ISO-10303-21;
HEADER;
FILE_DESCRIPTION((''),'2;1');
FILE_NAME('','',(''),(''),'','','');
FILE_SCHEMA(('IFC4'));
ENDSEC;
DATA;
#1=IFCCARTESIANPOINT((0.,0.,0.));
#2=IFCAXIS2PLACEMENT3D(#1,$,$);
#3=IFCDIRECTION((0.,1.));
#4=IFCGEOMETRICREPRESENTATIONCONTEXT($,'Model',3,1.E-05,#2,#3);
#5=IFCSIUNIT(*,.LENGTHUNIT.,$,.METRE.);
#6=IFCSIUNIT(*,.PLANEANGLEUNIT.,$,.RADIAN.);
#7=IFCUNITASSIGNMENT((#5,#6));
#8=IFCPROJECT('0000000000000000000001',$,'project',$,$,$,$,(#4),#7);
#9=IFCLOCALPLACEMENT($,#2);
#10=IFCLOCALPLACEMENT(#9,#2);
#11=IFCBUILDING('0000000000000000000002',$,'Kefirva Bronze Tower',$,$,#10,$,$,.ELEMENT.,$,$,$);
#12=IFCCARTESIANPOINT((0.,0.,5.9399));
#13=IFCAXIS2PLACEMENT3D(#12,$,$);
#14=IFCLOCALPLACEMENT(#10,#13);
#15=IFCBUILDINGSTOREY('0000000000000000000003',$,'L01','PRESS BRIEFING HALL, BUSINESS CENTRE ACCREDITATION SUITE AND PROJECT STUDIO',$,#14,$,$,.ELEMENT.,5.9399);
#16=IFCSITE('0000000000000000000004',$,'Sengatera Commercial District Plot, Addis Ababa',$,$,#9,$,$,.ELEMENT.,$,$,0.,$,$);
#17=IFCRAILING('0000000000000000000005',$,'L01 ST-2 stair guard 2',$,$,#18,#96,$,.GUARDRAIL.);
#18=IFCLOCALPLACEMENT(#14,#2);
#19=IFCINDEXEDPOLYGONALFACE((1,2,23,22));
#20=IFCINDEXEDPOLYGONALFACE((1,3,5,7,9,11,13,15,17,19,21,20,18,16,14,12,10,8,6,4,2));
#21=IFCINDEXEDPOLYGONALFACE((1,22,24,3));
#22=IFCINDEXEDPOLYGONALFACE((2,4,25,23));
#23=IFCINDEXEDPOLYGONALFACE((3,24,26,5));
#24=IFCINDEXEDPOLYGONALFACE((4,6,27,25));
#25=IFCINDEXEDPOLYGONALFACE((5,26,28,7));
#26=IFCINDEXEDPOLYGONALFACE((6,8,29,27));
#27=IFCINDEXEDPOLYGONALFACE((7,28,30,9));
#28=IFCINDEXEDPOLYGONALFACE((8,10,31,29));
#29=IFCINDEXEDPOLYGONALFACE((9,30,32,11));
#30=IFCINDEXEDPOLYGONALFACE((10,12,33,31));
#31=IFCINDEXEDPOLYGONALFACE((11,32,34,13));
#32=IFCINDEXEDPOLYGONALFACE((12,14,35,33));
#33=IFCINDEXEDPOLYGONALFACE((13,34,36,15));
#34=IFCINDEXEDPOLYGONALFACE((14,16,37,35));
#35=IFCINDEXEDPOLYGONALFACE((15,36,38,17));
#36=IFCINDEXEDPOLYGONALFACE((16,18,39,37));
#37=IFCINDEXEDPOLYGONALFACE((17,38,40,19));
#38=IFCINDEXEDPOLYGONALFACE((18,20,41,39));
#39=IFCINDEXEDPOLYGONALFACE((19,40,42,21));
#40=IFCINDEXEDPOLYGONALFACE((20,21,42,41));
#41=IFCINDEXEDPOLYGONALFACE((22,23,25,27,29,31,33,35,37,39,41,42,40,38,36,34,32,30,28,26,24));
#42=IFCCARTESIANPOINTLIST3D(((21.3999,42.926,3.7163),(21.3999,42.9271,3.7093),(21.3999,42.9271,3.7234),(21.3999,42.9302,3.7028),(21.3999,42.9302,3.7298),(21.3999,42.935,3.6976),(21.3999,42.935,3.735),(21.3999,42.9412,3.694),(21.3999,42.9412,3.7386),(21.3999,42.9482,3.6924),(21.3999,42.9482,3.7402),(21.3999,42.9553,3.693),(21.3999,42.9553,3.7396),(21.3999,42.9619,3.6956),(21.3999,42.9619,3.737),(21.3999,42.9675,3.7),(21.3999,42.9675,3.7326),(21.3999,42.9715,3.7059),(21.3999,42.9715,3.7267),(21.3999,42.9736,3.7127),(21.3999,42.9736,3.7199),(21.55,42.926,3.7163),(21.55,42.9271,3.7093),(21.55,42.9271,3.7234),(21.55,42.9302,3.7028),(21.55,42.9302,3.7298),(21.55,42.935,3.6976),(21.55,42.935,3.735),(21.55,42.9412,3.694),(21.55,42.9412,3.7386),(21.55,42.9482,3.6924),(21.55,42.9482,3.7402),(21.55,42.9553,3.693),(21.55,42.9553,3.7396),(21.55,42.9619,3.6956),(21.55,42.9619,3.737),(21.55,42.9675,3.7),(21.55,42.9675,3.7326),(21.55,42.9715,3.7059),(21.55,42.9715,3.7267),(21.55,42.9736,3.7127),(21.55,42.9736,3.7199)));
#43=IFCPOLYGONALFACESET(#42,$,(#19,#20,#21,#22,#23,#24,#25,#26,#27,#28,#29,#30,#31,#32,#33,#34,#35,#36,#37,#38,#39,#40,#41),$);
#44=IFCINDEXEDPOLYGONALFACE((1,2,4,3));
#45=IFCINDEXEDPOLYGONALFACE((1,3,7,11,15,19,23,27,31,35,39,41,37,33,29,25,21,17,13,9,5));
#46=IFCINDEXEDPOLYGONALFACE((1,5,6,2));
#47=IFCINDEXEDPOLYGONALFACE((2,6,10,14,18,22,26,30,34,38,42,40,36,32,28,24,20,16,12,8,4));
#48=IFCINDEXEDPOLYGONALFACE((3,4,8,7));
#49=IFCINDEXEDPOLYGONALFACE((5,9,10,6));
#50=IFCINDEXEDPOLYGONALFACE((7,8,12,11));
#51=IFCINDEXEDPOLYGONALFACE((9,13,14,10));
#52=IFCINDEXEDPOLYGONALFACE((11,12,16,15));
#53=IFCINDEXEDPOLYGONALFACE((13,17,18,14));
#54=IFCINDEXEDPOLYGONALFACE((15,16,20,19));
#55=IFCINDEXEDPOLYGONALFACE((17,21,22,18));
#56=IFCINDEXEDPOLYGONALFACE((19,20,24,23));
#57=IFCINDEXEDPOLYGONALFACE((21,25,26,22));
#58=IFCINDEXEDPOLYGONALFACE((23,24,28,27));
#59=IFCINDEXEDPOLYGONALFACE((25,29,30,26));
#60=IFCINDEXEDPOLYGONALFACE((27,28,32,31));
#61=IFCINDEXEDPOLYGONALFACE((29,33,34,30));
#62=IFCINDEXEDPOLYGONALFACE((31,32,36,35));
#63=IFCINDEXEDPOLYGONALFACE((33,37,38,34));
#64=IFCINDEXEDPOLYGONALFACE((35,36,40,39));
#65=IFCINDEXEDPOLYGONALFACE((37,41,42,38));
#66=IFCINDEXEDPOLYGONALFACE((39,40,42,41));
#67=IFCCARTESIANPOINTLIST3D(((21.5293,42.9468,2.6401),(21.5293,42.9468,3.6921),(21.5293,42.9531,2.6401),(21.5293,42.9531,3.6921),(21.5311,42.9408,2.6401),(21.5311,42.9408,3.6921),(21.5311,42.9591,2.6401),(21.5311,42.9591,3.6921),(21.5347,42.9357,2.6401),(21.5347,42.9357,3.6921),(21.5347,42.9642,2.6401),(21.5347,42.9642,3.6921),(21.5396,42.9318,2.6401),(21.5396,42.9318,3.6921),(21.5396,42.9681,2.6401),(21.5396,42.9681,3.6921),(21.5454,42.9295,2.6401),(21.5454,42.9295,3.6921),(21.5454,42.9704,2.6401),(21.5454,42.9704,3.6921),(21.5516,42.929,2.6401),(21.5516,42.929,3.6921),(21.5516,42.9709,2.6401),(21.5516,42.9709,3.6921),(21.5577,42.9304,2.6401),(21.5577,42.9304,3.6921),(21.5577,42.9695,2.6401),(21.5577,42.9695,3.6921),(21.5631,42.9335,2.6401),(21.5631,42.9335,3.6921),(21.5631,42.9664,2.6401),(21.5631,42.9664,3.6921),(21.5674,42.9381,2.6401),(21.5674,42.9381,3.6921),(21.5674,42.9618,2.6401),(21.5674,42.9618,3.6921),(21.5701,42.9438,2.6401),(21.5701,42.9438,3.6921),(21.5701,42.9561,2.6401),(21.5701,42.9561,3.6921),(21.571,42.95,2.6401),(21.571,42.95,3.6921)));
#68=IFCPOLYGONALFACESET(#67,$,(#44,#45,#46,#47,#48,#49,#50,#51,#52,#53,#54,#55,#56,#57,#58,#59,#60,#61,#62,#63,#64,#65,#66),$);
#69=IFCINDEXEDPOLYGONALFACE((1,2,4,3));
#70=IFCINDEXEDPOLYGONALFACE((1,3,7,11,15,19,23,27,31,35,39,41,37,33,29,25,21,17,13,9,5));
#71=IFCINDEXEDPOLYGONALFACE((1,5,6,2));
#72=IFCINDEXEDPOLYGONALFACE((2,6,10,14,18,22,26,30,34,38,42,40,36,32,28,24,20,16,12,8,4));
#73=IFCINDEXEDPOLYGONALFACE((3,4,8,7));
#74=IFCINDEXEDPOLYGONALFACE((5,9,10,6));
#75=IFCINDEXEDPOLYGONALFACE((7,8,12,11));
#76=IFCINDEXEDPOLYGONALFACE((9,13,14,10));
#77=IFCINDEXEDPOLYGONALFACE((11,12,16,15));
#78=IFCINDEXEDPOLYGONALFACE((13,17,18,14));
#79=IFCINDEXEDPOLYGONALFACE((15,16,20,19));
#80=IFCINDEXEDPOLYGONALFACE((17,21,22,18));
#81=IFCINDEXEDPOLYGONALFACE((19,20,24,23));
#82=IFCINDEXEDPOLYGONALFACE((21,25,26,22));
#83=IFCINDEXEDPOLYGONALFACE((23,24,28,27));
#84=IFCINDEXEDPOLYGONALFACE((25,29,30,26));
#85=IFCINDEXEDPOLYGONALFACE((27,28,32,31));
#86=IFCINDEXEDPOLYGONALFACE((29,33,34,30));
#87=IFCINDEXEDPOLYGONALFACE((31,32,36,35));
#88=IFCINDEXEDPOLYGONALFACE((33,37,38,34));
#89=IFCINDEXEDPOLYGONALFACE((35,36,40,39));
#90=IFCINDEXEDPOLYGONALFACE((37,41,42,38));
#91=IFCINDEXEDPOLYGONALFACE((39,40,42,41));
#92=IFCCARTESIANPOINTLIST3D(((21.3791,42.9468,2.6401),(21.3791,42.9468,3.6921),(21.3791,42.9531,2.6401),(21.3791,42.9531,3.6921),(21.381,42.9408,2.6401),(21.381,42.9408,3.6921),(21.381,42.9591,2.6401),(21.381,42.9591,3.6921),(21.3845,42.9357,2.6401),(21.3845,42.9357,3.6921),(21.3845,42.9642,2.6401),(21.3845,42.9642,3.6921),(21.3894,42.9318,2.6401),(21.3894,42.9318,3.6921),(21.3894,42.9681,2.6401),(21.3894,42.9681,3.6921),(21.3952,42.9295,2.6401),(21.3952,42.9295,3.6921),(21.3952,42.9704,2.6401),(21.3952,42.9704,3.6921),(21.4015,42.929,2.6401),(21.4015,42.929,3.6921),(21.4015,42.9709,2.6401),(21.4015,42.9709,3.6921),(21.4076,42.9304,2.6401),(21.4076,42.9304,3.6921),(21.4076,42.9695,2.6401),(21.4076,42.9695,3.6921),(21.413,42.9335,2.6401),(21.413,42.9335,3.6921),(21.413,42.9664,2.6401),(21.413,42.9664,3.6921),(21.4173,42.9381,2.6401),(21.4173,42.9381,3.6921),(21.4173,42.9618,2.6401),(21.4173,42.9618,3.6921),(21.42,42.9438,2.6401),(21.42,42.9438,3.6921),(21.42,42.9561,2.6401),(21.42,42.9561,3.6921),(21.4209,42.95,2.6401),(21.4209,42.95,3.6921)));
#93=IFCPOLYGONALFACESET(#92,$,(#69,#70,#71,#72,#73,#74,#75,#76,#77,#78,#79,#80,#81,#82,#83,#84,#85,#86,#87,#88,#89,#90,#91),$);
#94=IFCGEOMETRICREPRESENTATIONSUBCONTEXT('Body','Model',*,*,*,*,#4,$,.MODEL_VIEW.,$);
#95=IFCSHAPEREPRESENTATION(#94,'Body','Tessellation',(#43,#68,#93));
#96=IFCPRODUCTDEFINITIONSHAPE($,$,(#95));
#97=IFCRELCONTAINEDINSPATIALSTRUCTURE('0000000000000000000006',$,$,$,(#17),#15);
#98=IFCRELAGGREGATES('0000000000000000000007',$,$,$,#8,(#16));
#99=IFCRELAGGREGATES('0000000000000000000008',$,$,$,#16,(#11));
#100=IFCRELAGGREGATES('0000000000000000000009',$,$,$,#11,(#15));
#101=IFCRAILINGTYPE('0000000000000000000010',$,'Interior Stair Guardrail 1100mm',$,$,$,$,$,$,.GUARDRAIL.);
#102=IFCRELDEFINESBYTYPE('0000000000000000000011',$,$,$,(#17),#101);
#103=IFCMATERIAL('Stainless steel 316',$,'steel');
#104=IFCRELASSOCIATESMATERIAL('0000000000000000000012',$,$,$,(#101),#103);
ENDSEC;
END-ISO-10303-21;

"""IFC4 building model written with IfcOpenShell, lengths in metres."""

from ifc_helpers import new_model, si_unit, direction, frame, origin, origin_2d, place, context, subcontext, project, spatial, circle, extrude, material, type_object, element, save


model = new_model("IFC4")

# Units and contexts
model_context = context("Model", 3, precision=1e-05, world=origin(), true_north=direction((0.0, 1.0)))
body_context = subcontext(model_context, "Body", "Model", "MODEL_VIEW")
ifc_project = project(units=[si_unit("LENGTHUNIT", "METRE"), si_unit("PLANEANGLEUNIT", "RADIAN")], contexts=[model_context])

# Site, building, storey
site_placement = place(None, origin())
site = spatial("IfcSite", under=ifc_project, at=site_placement, Name="Sengatera Commercial District Plot, Addis Ababa", CompositionType="ELEMENT", RefElevation=0.0)
building_placement = place(site_placement, origin())
building = spatial("IfcBuilding", under=site, at=building_placement, Name="Kefirva Bronze Tower", CompositionType="ELEMENT")
storey_placement = place(building_placement, frame((0.0, 0.0, 5.9399)))
storey = spatial("IfcBuildingStorey", under=building, at=storey_placement, Name="L01", Description="PRESS BRIEFING HALL, BUSINESS CENTRE ACCREDITATION SUITE AND PROJECT STUDIO", CompositionType="ELEMENT", Elevation=5.9399)

# Railing
ifc_material_1 = material(Name="Stainless steel 316", Category="steel")
railing_type_1 = type_object("IfcRailingType", Name="Interior Stair Guardrail 1100mm", PredefinedType="GUARDRAIL", material=ifc_material_1)
railing_1_placement = place(storey_placement, frame((21.55, 42.95, 2.6401)))
element("IfcRailing", 1, at=railing_1_placement, inside=storey, type_object=railing_type_1, Name="L01 ST-2 stair guard 2", PredefinedType="GUARDRAIL", context=body_context, shape_type="SweptSolid", body=[
    extrude(circle(Radius=0.0239, at=origin_2d()), frame((0.0, 0.0, 1.0762), z_axis=(-1.0, 0.0, 0.0), x_axis=(0.0, -1.0, 0.0)), (0.0, 0.0, 1.0), 0.1501),
    extrude(circle(Radius=0.021, at=origin_2d()), origin(), (0.0, 0.0, 1.0), 1.052),
    extrude(circle(Radius=0.021, at=origin_2d()), frame((-0.1501, 0.0, 0.0)), (0.0, 0.0, 1.0), 1.052),
])

save(model, "model.ifc")
